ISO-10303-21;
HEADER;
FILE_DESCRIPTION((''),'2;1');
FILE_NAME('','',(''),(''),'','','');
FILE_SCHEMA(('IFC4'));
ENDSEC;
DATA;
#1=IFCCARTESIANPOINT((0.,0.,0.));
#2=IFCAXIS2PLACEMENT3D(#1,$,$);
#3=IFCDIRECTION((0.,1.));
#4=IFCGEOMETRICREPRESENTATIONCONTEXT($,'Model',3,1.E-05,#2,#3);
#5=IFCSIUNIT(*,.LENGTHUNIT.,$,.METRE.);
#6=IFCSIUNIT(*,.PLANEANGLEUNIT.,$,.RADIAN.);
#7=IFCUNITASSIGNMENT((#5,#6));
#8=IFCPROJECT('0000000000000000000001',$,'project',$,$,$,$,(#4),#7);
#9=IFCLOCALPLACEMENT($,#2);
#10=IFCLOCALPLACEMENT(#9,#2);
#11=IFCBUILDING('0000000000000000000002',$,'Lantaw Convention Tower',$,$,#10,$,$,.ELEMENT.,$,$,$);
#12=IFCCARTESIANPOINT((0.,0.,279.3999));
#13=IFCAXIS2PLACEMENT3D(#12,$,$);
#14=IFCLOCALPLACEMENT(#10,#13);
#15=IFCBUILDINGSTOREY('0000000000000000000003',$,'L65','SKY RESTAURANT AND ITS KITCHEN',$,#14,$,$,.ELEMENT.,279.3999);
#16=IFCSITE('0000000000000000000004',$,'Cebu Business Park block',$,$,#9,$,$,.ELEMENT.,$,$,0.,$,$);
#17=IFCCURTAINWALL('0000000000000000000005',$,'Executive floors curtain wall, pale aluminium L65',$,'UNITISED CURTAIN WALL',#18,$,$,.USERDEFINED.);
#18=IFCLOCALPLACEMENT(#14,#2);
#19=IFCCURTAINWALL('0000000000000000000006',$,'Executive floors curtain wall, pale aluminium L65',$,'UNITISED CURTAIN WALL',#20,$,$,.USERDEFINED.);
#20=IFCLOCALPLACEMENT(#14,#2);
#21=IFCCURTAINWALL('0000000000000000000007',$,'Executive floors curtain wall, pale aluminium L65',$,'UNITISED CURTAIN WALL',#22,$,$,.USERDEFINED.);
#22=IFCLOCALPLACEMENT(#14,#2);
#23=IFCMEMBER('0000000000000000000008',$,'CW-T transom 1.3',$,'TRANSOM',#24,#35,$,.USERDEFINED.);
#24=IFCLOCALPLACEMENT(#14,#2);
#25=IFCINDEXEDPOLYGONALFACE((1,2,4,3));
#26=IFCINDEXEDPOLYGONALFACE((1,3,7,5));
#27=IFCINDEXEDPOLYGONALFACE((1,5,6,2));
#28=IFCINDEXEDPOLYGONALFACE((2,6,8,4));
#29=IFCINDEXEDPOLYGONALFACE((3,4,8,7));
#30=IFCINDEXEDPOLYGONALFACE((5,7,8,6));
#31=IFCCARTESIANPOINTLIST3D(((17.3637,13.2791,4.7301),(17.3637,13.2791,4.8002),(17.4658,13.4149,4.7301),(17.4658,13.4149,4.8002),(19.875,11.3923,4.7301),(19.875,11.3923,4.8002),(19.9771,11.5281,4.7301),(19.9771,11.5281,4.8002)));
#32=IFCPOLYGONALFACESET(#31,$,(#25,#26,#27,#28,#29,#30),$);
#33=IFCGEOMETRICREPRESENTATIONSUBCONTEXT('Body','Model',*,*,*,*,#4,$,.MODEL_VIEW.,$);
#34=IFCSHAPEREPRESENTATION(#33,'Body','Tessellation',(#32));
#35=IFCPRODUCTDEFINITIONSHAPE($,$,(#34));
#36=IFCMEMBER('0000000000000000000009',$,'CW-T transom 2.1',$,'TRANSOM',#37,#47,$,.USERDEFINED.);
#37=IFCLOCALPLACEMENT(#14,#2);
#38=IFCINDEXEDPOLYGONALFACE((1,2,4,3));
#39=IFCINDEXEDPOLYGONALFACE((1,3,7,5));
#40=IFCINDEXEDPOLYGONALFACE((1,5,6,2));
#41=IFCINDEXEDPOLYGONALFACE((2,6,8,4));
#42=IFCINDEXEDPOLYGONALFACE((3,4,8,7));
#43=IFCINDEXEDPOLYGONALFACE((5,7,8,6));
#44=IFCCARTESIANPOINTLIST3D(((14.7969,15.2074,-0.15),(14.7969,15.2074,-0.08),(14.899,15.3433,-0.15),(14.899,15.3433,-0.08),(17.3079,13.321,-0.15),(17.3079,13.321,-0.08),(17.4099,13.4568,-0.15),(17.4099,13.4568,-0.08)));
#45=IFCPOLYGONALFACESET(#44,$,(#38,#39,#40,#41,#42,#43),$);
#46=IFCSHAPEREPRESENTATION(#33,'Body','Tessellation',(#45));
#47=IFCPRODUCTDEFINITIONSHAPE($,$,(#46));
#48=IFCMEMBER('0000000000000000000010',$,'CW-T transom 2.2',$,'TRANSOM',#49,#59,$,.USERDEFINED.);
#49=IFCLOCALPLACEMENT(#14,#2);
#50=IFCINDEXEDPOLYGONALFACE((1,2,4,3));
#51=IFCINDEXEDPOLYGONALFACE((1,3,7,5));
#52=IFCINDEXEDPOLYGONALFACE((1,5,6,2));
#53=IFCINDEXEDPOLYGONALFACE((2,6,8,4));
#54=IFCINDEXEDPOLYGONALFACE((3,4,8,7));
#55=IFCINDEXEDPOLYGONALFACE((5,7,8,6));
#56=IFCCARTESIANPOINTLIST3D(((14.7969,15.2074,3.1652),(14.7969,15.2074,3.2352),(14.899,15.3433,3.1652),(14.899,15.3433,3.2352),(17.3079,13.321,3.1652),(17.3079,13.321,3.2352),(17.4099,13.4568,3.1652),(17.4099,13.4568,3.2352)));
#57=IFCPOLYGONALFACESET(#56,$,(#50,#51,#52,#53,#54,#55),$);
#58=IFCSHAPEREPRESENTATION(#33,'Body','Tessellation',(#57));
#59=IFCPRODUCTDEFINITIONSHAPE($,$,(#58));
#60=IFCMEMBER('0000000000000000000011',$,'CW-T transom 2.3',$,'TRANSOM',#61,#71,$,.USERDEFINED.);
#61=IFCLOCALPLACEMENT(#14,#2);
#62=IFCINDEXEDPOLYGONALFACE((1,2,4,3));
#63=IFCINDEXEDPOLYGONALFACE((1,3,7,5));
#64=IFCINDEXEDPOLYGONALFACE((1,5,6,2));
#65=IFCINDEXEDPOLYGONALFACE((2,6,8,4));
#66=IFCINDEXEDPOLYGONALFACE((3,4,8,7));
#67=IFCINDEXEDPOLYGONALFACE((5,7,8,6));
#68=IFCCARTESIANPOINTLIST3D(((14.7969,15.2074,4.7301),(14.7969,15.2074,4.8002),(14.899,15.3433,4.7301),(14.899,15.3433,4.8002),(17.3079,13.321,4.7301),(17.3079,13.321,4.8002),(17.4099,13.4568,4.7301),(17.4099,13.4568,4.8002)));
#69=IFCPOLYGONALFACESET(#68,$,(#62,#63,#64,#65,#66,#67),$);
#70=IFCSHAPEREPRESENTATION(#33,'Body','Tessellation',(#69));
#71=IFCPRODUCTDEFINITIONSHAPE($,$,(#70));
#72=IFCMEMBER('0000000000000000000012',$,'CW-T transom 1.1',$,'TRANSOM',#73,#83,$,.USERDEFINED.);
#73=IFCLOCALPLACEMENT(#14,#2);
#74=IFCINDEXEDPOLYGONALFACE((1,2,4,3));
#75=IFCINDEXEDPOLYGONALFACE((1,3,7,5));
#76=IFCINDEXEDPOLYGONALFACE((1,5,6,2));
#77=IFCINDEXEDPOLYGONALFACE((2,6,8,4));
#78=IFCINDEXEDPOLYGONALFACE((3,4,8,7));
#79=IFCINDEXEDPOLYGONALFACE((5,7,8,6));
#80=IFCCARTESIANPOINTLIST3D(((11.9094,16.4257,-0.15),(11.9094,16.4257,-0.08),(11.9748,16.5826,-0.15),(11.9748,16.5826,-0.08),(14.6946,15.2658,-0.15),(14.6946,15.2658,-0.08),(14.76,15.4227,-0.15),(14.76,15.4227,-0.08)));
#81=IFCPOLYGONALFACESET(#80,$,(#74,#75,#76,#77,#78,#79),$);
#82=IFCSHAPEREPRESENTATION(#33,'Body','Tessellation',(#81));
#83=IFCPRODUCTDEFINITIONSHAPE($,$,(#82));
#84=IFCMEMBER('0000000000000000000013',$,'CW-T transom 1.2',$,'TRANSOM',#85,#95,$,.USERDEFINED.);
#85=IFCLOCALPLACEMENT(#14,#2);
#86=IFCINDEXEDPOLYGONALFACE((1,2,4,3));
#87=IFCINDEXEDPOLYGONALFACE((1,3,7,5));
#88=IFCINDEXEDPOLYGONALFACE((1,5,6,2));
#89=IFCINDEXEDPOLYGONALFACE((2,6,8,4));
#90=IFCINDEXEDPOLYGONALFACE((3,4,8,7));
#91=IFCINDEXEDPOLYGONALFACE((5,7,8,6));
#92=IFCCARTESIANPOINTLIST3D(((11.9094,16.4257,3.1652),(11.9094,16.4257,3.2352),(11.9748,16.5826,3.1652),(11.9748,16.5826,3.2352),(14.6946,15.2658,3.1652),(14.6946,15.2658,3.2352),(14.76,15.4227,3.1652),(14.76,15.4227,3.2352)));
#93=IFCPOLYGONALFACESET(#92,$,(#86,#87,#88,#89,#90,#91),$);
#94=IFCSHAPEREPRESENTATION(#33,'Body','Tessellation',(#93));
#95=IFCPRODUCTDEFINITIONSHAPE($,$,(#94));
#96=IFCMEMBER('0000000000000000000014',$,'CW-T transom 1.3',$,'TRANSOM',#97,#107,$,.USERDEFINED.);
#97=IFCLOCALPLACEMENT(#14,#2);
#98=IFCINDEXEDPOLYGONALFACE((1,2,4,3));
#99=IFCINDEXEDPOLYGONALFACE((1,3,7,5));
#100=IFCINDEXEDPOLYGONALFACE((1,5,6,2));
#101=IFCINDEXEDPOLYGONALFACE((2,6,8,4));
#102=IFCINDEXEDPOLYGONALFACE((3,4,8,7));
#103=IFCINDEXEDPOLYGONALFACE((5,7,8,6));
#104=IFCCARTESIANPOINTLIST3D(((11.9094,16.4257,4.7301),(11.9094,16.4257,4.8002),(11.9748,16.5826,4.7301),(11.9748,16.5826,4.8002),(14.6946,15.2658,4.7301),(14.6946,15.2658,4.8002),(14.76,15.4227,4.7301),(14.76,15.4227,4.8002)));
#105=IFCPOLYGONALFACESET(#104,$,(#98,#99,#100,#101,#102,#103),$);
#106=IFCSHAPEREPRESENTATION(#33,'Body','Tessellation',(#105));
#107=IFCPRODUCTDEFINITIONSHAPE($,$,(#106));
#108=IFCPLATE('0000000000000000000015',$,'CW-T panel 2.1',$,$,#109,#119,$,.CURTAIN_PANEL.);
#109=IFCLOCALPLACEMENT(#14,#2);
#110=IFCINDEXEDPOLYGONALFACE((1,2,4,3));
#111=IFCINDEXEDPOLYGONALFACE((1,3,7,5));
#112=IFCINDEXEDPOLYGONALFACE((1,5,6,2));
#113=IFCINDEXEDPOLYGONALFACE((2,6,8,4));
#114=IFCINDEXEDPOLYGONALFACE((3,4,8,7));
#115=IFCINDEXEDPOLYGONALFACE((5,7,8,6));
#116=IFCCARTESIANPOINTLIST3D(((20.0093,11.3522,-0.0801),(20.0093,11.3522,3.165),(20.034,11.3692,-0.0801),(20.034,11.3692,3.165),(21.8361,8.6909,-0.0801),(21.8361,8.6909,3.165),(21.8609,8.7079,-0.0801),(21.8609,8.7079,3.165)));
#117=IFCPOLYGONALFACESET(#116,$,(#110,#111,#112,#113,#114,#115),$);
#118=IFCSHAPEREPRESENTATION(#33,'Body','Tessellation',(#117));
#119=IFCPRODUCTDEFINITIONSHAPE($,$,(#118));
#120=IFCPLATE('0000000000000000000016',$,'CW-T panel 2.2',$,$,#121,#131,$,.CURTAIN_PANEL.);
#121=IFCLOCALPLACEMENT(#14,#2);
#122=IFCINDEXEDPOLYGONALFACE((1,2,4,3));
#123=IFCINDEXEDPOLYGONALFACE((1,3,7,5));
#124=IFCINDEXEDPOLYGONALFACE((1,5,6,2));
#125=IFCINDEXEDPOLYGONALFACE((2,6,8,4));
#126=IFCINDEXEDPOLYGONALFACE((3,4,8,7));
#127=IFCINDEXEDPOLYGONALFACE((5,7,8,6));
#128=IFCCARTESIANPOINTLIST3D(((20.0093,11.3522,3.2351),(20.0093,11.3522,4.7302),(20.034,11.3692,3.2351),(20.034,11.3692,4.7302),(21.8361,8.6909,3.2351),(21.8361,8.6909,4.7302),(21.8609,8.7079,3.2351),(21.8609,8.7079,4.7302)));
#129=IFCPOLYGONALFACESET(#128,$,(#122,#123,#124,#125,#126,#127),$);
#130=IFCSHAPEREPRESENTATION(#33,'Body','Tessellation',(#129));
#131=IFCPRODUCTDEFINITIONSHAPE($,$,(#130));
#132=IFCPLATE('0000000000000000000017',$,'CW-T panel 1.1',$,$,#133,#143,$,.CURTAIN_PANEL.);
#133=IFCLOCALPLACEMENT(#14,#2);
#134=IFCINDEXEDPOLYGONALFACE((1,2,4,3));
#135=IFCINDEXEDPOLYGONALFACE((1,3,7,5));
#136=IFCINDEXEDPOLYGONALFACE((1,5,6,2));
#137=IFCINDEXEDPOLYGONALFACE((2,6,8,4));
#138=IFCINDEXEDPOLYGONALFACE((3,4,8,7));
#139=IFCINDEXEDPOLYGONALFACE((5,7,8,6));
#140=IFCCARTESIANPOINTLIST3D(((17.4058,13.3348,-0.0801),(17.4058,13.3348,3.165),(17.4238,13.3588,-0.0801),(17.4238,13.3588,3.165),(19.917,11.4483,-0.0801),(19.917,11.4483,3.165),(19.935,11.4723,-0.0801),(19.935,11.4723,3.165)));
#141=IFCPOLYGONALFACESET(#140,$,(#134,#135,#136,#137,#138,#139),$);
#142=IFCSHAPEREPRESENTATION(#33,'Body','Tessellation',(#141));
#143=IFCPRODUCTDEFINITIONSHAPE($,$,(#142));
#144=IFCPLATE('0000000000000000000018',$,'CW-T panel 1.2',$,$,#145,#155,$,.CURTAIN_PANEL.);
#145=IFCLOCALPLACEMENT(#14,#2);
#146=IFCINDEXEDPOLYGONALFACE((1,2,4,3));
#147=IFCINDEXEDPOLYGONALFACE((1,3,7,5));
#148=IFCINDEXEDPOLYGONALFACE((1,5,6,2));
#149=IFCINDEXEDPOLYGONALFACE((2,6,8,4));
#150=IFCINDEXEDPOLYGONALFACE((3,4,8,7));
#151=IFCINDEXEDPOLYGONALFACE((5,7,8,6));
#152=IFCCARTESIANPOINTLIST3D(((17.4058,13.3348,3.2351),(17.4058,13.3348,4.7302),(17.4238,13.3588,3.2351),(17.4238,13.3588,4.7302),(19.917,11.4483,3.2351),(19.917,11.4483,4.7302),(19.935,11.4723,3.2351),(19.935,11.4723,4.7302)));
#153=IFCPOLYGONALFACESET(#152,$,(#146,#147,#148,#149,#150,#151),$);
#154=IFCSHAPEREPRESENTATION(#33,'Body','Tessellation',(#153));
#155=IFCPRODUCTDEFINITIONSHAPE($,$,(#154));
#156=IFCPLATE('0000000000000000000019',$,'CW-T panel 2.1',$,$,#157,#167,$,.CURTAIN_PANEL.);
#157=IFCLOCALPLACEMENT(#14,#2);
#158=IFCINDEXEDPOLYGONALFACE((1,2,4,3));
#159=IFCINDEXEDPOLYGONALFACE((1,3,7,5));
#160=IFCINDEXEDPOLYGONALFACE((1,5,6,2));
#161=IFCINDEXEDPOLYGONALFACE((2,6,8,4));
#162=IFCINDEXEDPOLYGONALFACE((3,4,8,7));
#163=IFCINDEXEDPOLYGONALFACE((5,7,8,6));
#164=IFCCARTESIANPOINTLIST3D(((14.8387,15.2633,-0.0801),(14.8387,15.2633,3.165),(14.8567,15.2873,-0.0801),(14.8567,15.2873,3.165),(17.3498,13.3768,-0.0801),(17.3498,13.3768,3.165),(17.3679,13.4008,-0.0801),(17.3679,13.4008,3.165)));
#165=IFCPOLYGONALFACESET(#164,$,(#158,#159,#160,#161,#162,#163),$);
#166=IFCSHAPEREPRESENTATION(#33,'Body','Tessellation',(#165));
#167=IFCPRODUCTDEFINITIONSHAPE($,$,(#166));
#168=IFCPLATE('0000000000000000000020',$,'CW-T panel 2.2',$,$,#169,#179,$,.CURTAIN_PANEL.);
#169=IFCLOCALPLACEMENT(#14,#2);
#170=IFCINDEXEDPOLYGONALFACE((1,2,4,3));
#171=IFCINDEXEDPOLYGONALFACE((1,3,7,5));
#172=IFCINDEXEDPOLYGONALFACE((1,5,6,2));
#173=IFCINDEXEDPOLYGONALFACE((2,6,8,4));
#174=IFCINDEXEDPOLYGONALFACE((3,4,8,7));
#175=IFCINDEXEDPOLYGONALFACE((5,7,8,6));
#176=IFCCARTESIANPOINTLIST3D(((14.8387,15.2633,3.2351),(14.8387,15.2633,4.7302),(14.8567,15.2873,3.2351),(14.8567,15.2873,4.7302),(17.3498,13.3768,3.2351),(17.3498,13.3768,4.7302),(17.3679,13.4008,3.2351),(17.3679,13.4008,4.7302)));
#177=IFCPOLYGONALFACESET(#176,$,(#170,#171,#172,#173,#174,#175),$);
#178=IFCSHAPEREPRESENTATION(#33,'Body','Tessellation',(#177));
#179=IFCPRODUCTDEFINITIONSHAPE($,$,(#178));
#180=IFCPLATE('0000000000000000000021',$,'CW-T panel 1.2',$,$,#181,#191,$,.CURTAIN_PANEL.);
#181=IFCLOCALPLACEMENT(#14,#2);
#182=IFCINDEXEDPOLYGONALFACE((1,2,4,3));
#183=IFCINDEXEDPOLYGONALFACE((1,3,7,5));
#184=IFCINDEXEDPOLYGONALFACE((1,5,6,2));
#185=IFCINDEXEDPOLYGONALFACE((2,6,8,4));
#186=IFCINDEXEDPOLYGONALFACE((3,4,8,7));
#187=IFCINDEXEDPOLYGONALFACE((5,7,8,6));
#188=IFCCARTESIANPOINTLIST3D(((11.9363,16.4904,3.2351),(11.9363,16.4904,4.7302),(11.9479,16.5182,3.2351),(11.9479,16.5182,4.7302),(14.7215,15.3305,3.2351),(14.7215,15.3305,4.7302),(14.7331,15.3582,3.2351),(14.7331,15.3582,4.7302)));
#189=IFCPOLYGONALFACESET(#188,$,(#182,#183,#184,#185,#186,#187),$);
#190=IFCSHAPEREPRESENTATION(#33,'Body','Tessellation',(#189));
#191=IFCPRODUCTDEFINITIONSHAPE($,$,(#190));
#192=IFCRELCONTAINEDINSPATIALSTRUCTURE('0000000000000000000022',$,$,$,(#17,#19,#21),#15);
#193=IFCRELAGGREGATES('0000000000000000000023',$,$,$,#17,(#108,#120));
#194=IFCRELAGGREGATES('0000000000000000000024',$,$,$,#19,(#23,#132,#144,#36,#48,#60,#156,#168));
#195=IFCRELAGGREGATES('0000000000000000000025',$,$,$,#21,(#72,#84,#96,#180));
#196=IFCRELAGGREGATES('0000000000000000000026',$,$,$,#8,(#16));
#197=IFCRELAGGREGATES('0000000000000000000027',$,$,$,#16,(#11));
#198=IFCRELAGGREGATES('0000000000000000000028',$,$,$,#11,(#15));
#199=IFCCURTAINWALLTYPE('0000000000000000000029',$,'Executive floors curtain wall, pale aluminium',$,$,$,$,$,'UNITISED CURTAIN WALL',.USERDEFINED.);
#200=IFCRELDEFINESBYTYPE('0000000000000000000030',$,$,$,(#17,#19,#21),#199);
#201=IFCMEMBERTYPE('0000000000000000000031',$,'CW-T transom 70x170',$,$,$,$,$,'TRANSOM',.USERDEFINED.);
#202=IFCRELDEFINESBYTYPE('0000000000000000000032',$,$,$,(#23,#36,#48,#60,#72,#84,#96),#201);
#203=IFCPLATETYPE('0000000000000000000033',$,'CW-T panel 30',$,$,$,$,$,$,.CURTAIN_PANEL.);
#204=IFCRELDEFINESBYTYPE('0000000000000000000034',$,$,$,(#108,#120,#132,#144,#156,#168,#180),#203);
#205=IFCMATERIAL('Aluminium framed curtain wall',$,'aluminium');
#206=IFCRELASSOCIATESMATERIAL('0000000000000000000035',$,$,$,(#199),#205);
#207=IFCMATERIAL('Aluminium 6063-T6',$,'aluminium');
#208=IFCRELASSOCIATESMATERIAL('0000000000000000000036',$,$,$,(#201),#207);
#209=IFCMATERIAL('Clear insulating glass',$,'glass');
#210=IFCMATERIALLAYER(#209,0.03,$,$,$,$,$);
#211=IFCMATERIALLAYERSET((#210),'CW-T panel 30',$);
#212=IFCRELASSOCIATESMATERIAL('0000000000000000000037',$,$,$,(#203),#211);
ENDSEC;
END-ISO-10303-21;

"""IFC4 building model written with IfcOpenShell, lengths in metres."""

from ifc_helpers import new_model, si_unit, direction, frame, origin, origin_2d, place, context, subcontext, project, spatial, rectangle, extrude, material, layer, layer_set, material_profile, profile_set, type_object, element, aggregate, save


model = new_model("IFC4")

# Units and contexts
model_context = context("Model", 3, precision=1e-05, world=origin(), true_north=direction((0.0, 1.0)))
body_context = subcontext(model_context, "Body", "Model", "MODEL_VIEW")
ifc_project = project(units=[si_unit("LENGTHUNIT", "METRE"), si_unit("PLANEANGLEUNIT", "RADIAN")], contexts=[model_context])

# Site, building, storey
site_placement = place(None, origin())
site = spatial("IfcSite", under=ifc_project, at=site_placement, Name="Cebu Business Park block", CompositionType="ELEMENT", RefElevation=0.0)
building_placement = place(site_placement, origin())
building = spatial("IfcBuilding", under=site, at=building_placement, Name="Lantaw Convention Tower", CompositionType="ELEMENT")
storey_placement = place(building_placement, frame((0.0, 0.0, 279.3999)))
storey = spatial("IfcBuildingStorey", under=building, at=storey_placement, Name="L65", Description="SKY RESTAURANT AND ITS KITCHEN", CompositionType="ELEMENT", Elevation=279.3999)

# Curtain walls
ifc_material_1 = material(Name="Aluminium framed curtain wall", Category="aluminium")
curtain_wall_type = type_object("IfcCurtainWallType", Name="Executive floors curtain wall, pale aluminium", ElementType="UNITISED CURTAIN WALL", PredefinedType="USERDEFINED", material=ifc_material_1)
curtain_wall_1_placement = place(storey_placement, origin())
curtain_wall_1 = element("IfcCurtainWall", 1, at=curtain_wall_1_placement, inside=storey, type_object=curtain_wall_type, Name="Executive floors curtain wall, pale aluminium L65", ObjectType="UNITISED CURTAIN WALL", PredefinedType="USERDEFINED")
ifc_material_2 = material(Name="Aluminium 6063-T6", Category="aluminium")
curtain_wall_2_placement = place(storey_placement, origin())
curtain_wall_2 = element("IfcCurtainWall", 2, at=curtain_wall_2_placement, inside=storey, type_object=curtain_wall_type, Name="Executive floors curtain wall, pale aluminium L65", ObjectType="UNITISED CURTAIN WALL", PredefinedType="USERDEFINED")

# Curtain wall
curtain_wall_3_placement = place(storey_placement, origin())
curtain_wall_3 = element("IfcCurtainWall", 3, at=curtain_wall_3_placement, inside=storey, type_object=curtain_wall_type, Name="Executive floors curtain wall, pale aluminium L65", ObjectType="UNITISED CURTAIN WALL", PredefinedType="USERDEFINED")

# Members
ifc_material_profile_1 = material_profile(ifc_material_2, rectangle(XDim=0.1699, YDim=0.0701, at=origin_2d()), Name="CW-T transom 70x170")
ifc_profile_set_1 = profile_set([ifc_material_profile_1], Name="Aluminium 6063-T6")
member_type_1 = type_object("IfcMemberType", Name="CW-T transom 70x170", ElementType="TRANSOM", PredefinedType="USERDEFINED", material=ifc_profile_set_1)
member_1_placement = place(storey_placement, frame((19.926, 11.4602, 4.7651), z_axis=(-0.799496, 0.600671, 0.0), x_axis=(-0.600671, -0.799496, 0.0)))
member_1 = element("IfcMember", 4, at=member_1_placement, type_object=member_type_1, Name="CW-T transom 1.3", ObjectType="TRANSOM", PredefinedType="USERDEFINED", context=body_context, shape_type="SweptSolid", body=[
    extrude(rectangle(XDim=0.1699, YDim=0.0701, at=origin_2d()), origin(), (0.0, 0.0, 1.0), 3.1411),
])
member_2_placement = place(storey_placement, frame((17.3589, 13.3889, -0.115), z_axis=(-0.799505, 0.600659, 0.0), x_axis=(-0.600659, -0.799505, 0.0)))
member_2 = element("IfcMember", 5, at=member_2_placement, type_object=member_type_1, Name="CW-T transom 2.1", ObjectType="TRANSOM", PredefinedType="USERDEFINED", context=body_context, shape_type="SweptSolid", body=[
    extrude(rectangle(XDim=0.1699, YDim=0.0701, at=origin_2d()), origin(), (0.0, 0.0, 1.0), 3.1406),
])
member_3_placement = place(storey_placement, frame((17.3589, 13.3889, 3.2002), z_axis=(-0.799505, 0.600659, 0.0), x_axis=(-0.600659, -0.799505, 0.0)))
member_3 = element("IfcMember", 6, at=member_3_placement, type_object=member_type_1, Name="CW-T transom 2.2", ObjectType="TRANSOM", PredefinedType="USERDEFINED", context=body_context, shape_type="SweptSolid", body=[
    extrude(rectangle(XDim=0.1699, YDim=0.0701, at=origin_2d()), origin(), (0.0, 0.0, 1.0), 3.1406),
])
member_4_placement = place(storey_placement, frame((17.3589, 13.3889, 4.7651), z_axis=(-0.799505, 0.600659, 0.0), x_axis=(-0.600659, -0.799505, 0.0)))
member_4 = element("IfcMember", 7, at=member_4_placement, type_object=member_type_1, Name="CW-T transom 2.3", ObjectType="TRANSOM", PredefinedType="USERDEFINED", context=body_context, shape_type="SweptSolid", body=[
    extrude(rectangle(XDim=0.1699, YDim=0.0701, at=origin_2d()), origin(), (0.0, 0.0, 1.0), 3.1406),
])
member_5_placement = place(storey_placement, frame((14.7273, 15.3442, -0.115), z_axis=(-0.923144, 0.384454, 0.0), x_axis=(-0.384454, -0.923144, 0.0)))
member_5 = element("IfcMember", 8, at=member_5_placement, type_object=member_type_1, Name="CW-T transom 1.1", ObjectType="TRANSOM", PredefinedType="USERDEFINED", context=body_context, shape_type="SweptSolid", body=[
    extrude(rectangle(XDim=0.1699, YDim=0.0701, at=origin_2d()), origin(), (0.0, 0.0, 1.0), 3.0171),
])
member_6_placement = place(storey_placement, frame((14.7273, 15.3442, 3.2002), z_axis=(-0.923144, 0.384454, 0.0), x_axis=(-0.384454, -0.923144, 0.0)))
member_6 = element("IfcMember", 9, at=member_6_placement, type_object=member_type_1, Name="CW-T transom 1.2", ObjectType="TRANSOM", PredefinedType="USERDEFINED", context=body_context, shape_type="SweptSolid", body=[
    extrude(rectangle(XDim=0.1699, YDim=0.0701, at=origin_2d()), origin(), (0.0, 0.0, 1.0), 3.0171),
])
member_7_placement = place(storey_placement, frame((14.7273, 15.3442, 4.7651), z_axis=(-0.923144, 0.384454, 0.0), x_axis=(-0.384454, -0.923144, 0.0)))
member_7 = element("IfcMember", 10, at=member_7_placement, type_object=member_type_1, Name="CW-T transom 1.3", ObjectType="TRANSOM", PredefinedType="USERDEFINED", context=body_context, shape_type="SweptSolid", body=[
    extrude(rectangle(XDim=0.1699, YDim=0.0701, at=origin_2d()), origin(), (0.0, 0.0, 1.0), 3.0171),
])

# Plates
ifc_material_3 = material(Name="Clear insulating glass", Category="glass")
ifc_layer_1 = layer(ifc_material_3, 0.03)
ifc_layer_set_1 = layer_set([ifc_layer_1], Name="CW-T panel 30")
plate_type_1 = type_object("IfcPlateType", Name="CW-T panel 30", PredefinedType="CURTAIN_PANEL", material=ifc_layer_set_1)
plate_1_placement = place(storey_placement, frame((20.9351, 10.03, -0.0801), z_axis=(0.0, 0.0, 1.0), x_axis=(-0.565935, 0.82445, 0.0)))
plate_1 = element("IfcPlate", 11, at=plate_1_placement, type_object=plate_type_1, Name="CW-T panel 2.1", PredefinedType="CURTAIN_PANEL", context=body_context, shape_type="SweptSolid", body=[
    extrude(rectangle(XDim=3.228, YDim=0.03, at=origin_2d()), origin(), (0.0, 0.0, 1.0), 3.2451),
])
plate_2_placement = place(storey_placement, frame((20.9351, 10.03, 3.2351), z_axis=(0.0, 0.0, 1.0), x_axis=(-0.565935, 0.82445, 0.0)))
plate_2 = element("IfcPlate", 12, at=plate_2_placement, type_object=plate_type_1, Name="CW-T panel 2.2", PredefinedType="CURTAIN_PANEL", context=body_context, shape_type="SweptSolid", body=[
    extrude(rectangle(XDim=3.228, YDim=0.03, at=origin_2d()), origin(), (0.0, 0.0, 1.0), 1.4951),
])
aggregate(curtain_wall_1, [plate_1, plate_2])
plate_3_placement = place(storey_placement, frame((18.6704, 12.4036, -0.0801), z_axis=(0.0, 0.0, 1.0), x_axis=(-0.799518, 0.600643, 0.0)))
plate_3 = element("IfcPlate", 13, at=plate_3_placement, type_object=plate_type_1, Name="CW-T panel 1.1", PredefinedType="CURTAIN_PANEL", context=body_context, shape_type="SweptSolid", body=[
    extrude(rectangle(XDim=3.1409, YDim=0.03, at=origin_2d()), origin(), (0.0, 0.0, 1.0), 3.2451),
])
plate_4_placement = place(storey_placement, frame((18.6704, 12.4036, 3.2351), z_axis=(0.0, 0.0, 1.0), x_axis=(-0.799518, 0.600643, 0.0)))
plate_4 = element("IfcPlate", 14, at=plate_4_placement, type_object=plate_type_1, Name="CW-T panel 1.2", PredefinedType="CURTAIN_PANEL", context=body_context, shape_type="SweptSolid", body=[
    extrude(rectangle(XDim=3.1409, YDim=0.03, at=origin_2d()), origin(), (0.0, 0.0, 1.0), 1.4951),
])
plate_5_placement = place(storey_placement, frame((16.1033, 14.332, -0.0801), z_axis=(0.0, 0.0, 1.0), x_axis=(-0.799518, 0.600643, 0.0)))
plate_5 = element("IfcPlate", 15, at=plate_5_placement, type_object=plate_type_1, Name="CW-T panel 2.1", PredefinedType="CURTAIN_PANEL", context=body_context, shape_type="SweptSolid", body=[
    extrude(rectangle(XDim=3.1409, YDim=0.03, at=origin_2d()), origin(), (0.0, 0.0, 1.0), 3.2451),
])
plate_6_placement = place(storey_placement, frame((16.1033, 14.332, 3.2351), z_axis=(0.0, 0.0, 1.0), x_axis=(-0.799518, 0.600643, 0.0)))
plate_6 = element("IfcPlate", 16, at=plate_6_placement, type_object=plate_type_1, Name="CW-T panel 2.2", PredefinedType="CURTAIN_PANEL", context=body_context, shape_type="SweptSolid", body=[
    extrude(rectangle(XDim=3.1409, YDim=0.03, at=origin_2d()), origin(), (0.0, 0.0, 1.0), 1.4951),
])
aggregate(curtain_wall_2, [member_1, plate_3, plate_4, member_2, member_3, member_4, plate_5, plate_6])
plate_7_placement = place(storey_placement, frame((13.3347, 15.9243, 3.2351), z_axis=(0.0, 0.0, 1.0), x_axis=(-0.923142, 0.38446, 0.0)))
plate_7 = element("IfcPlate", 17, at=plate_7_placement, type_object=plate_type_1, Name="CW-T panel 1.2", PredefinedType="CURTAIN_PANEL", context=body_context, shape_type="SweptSolid", body=[
    extrude(rectangle(XDim=3.0171, YDim=0.03, at=origin_2d()), origin(), (0.0, 0.0, 1.0), 1.4951),
])
aggregate(curtain_wall_3, [member_5, member_6, member_7, plate_7])

save(model, "model.ifc")
